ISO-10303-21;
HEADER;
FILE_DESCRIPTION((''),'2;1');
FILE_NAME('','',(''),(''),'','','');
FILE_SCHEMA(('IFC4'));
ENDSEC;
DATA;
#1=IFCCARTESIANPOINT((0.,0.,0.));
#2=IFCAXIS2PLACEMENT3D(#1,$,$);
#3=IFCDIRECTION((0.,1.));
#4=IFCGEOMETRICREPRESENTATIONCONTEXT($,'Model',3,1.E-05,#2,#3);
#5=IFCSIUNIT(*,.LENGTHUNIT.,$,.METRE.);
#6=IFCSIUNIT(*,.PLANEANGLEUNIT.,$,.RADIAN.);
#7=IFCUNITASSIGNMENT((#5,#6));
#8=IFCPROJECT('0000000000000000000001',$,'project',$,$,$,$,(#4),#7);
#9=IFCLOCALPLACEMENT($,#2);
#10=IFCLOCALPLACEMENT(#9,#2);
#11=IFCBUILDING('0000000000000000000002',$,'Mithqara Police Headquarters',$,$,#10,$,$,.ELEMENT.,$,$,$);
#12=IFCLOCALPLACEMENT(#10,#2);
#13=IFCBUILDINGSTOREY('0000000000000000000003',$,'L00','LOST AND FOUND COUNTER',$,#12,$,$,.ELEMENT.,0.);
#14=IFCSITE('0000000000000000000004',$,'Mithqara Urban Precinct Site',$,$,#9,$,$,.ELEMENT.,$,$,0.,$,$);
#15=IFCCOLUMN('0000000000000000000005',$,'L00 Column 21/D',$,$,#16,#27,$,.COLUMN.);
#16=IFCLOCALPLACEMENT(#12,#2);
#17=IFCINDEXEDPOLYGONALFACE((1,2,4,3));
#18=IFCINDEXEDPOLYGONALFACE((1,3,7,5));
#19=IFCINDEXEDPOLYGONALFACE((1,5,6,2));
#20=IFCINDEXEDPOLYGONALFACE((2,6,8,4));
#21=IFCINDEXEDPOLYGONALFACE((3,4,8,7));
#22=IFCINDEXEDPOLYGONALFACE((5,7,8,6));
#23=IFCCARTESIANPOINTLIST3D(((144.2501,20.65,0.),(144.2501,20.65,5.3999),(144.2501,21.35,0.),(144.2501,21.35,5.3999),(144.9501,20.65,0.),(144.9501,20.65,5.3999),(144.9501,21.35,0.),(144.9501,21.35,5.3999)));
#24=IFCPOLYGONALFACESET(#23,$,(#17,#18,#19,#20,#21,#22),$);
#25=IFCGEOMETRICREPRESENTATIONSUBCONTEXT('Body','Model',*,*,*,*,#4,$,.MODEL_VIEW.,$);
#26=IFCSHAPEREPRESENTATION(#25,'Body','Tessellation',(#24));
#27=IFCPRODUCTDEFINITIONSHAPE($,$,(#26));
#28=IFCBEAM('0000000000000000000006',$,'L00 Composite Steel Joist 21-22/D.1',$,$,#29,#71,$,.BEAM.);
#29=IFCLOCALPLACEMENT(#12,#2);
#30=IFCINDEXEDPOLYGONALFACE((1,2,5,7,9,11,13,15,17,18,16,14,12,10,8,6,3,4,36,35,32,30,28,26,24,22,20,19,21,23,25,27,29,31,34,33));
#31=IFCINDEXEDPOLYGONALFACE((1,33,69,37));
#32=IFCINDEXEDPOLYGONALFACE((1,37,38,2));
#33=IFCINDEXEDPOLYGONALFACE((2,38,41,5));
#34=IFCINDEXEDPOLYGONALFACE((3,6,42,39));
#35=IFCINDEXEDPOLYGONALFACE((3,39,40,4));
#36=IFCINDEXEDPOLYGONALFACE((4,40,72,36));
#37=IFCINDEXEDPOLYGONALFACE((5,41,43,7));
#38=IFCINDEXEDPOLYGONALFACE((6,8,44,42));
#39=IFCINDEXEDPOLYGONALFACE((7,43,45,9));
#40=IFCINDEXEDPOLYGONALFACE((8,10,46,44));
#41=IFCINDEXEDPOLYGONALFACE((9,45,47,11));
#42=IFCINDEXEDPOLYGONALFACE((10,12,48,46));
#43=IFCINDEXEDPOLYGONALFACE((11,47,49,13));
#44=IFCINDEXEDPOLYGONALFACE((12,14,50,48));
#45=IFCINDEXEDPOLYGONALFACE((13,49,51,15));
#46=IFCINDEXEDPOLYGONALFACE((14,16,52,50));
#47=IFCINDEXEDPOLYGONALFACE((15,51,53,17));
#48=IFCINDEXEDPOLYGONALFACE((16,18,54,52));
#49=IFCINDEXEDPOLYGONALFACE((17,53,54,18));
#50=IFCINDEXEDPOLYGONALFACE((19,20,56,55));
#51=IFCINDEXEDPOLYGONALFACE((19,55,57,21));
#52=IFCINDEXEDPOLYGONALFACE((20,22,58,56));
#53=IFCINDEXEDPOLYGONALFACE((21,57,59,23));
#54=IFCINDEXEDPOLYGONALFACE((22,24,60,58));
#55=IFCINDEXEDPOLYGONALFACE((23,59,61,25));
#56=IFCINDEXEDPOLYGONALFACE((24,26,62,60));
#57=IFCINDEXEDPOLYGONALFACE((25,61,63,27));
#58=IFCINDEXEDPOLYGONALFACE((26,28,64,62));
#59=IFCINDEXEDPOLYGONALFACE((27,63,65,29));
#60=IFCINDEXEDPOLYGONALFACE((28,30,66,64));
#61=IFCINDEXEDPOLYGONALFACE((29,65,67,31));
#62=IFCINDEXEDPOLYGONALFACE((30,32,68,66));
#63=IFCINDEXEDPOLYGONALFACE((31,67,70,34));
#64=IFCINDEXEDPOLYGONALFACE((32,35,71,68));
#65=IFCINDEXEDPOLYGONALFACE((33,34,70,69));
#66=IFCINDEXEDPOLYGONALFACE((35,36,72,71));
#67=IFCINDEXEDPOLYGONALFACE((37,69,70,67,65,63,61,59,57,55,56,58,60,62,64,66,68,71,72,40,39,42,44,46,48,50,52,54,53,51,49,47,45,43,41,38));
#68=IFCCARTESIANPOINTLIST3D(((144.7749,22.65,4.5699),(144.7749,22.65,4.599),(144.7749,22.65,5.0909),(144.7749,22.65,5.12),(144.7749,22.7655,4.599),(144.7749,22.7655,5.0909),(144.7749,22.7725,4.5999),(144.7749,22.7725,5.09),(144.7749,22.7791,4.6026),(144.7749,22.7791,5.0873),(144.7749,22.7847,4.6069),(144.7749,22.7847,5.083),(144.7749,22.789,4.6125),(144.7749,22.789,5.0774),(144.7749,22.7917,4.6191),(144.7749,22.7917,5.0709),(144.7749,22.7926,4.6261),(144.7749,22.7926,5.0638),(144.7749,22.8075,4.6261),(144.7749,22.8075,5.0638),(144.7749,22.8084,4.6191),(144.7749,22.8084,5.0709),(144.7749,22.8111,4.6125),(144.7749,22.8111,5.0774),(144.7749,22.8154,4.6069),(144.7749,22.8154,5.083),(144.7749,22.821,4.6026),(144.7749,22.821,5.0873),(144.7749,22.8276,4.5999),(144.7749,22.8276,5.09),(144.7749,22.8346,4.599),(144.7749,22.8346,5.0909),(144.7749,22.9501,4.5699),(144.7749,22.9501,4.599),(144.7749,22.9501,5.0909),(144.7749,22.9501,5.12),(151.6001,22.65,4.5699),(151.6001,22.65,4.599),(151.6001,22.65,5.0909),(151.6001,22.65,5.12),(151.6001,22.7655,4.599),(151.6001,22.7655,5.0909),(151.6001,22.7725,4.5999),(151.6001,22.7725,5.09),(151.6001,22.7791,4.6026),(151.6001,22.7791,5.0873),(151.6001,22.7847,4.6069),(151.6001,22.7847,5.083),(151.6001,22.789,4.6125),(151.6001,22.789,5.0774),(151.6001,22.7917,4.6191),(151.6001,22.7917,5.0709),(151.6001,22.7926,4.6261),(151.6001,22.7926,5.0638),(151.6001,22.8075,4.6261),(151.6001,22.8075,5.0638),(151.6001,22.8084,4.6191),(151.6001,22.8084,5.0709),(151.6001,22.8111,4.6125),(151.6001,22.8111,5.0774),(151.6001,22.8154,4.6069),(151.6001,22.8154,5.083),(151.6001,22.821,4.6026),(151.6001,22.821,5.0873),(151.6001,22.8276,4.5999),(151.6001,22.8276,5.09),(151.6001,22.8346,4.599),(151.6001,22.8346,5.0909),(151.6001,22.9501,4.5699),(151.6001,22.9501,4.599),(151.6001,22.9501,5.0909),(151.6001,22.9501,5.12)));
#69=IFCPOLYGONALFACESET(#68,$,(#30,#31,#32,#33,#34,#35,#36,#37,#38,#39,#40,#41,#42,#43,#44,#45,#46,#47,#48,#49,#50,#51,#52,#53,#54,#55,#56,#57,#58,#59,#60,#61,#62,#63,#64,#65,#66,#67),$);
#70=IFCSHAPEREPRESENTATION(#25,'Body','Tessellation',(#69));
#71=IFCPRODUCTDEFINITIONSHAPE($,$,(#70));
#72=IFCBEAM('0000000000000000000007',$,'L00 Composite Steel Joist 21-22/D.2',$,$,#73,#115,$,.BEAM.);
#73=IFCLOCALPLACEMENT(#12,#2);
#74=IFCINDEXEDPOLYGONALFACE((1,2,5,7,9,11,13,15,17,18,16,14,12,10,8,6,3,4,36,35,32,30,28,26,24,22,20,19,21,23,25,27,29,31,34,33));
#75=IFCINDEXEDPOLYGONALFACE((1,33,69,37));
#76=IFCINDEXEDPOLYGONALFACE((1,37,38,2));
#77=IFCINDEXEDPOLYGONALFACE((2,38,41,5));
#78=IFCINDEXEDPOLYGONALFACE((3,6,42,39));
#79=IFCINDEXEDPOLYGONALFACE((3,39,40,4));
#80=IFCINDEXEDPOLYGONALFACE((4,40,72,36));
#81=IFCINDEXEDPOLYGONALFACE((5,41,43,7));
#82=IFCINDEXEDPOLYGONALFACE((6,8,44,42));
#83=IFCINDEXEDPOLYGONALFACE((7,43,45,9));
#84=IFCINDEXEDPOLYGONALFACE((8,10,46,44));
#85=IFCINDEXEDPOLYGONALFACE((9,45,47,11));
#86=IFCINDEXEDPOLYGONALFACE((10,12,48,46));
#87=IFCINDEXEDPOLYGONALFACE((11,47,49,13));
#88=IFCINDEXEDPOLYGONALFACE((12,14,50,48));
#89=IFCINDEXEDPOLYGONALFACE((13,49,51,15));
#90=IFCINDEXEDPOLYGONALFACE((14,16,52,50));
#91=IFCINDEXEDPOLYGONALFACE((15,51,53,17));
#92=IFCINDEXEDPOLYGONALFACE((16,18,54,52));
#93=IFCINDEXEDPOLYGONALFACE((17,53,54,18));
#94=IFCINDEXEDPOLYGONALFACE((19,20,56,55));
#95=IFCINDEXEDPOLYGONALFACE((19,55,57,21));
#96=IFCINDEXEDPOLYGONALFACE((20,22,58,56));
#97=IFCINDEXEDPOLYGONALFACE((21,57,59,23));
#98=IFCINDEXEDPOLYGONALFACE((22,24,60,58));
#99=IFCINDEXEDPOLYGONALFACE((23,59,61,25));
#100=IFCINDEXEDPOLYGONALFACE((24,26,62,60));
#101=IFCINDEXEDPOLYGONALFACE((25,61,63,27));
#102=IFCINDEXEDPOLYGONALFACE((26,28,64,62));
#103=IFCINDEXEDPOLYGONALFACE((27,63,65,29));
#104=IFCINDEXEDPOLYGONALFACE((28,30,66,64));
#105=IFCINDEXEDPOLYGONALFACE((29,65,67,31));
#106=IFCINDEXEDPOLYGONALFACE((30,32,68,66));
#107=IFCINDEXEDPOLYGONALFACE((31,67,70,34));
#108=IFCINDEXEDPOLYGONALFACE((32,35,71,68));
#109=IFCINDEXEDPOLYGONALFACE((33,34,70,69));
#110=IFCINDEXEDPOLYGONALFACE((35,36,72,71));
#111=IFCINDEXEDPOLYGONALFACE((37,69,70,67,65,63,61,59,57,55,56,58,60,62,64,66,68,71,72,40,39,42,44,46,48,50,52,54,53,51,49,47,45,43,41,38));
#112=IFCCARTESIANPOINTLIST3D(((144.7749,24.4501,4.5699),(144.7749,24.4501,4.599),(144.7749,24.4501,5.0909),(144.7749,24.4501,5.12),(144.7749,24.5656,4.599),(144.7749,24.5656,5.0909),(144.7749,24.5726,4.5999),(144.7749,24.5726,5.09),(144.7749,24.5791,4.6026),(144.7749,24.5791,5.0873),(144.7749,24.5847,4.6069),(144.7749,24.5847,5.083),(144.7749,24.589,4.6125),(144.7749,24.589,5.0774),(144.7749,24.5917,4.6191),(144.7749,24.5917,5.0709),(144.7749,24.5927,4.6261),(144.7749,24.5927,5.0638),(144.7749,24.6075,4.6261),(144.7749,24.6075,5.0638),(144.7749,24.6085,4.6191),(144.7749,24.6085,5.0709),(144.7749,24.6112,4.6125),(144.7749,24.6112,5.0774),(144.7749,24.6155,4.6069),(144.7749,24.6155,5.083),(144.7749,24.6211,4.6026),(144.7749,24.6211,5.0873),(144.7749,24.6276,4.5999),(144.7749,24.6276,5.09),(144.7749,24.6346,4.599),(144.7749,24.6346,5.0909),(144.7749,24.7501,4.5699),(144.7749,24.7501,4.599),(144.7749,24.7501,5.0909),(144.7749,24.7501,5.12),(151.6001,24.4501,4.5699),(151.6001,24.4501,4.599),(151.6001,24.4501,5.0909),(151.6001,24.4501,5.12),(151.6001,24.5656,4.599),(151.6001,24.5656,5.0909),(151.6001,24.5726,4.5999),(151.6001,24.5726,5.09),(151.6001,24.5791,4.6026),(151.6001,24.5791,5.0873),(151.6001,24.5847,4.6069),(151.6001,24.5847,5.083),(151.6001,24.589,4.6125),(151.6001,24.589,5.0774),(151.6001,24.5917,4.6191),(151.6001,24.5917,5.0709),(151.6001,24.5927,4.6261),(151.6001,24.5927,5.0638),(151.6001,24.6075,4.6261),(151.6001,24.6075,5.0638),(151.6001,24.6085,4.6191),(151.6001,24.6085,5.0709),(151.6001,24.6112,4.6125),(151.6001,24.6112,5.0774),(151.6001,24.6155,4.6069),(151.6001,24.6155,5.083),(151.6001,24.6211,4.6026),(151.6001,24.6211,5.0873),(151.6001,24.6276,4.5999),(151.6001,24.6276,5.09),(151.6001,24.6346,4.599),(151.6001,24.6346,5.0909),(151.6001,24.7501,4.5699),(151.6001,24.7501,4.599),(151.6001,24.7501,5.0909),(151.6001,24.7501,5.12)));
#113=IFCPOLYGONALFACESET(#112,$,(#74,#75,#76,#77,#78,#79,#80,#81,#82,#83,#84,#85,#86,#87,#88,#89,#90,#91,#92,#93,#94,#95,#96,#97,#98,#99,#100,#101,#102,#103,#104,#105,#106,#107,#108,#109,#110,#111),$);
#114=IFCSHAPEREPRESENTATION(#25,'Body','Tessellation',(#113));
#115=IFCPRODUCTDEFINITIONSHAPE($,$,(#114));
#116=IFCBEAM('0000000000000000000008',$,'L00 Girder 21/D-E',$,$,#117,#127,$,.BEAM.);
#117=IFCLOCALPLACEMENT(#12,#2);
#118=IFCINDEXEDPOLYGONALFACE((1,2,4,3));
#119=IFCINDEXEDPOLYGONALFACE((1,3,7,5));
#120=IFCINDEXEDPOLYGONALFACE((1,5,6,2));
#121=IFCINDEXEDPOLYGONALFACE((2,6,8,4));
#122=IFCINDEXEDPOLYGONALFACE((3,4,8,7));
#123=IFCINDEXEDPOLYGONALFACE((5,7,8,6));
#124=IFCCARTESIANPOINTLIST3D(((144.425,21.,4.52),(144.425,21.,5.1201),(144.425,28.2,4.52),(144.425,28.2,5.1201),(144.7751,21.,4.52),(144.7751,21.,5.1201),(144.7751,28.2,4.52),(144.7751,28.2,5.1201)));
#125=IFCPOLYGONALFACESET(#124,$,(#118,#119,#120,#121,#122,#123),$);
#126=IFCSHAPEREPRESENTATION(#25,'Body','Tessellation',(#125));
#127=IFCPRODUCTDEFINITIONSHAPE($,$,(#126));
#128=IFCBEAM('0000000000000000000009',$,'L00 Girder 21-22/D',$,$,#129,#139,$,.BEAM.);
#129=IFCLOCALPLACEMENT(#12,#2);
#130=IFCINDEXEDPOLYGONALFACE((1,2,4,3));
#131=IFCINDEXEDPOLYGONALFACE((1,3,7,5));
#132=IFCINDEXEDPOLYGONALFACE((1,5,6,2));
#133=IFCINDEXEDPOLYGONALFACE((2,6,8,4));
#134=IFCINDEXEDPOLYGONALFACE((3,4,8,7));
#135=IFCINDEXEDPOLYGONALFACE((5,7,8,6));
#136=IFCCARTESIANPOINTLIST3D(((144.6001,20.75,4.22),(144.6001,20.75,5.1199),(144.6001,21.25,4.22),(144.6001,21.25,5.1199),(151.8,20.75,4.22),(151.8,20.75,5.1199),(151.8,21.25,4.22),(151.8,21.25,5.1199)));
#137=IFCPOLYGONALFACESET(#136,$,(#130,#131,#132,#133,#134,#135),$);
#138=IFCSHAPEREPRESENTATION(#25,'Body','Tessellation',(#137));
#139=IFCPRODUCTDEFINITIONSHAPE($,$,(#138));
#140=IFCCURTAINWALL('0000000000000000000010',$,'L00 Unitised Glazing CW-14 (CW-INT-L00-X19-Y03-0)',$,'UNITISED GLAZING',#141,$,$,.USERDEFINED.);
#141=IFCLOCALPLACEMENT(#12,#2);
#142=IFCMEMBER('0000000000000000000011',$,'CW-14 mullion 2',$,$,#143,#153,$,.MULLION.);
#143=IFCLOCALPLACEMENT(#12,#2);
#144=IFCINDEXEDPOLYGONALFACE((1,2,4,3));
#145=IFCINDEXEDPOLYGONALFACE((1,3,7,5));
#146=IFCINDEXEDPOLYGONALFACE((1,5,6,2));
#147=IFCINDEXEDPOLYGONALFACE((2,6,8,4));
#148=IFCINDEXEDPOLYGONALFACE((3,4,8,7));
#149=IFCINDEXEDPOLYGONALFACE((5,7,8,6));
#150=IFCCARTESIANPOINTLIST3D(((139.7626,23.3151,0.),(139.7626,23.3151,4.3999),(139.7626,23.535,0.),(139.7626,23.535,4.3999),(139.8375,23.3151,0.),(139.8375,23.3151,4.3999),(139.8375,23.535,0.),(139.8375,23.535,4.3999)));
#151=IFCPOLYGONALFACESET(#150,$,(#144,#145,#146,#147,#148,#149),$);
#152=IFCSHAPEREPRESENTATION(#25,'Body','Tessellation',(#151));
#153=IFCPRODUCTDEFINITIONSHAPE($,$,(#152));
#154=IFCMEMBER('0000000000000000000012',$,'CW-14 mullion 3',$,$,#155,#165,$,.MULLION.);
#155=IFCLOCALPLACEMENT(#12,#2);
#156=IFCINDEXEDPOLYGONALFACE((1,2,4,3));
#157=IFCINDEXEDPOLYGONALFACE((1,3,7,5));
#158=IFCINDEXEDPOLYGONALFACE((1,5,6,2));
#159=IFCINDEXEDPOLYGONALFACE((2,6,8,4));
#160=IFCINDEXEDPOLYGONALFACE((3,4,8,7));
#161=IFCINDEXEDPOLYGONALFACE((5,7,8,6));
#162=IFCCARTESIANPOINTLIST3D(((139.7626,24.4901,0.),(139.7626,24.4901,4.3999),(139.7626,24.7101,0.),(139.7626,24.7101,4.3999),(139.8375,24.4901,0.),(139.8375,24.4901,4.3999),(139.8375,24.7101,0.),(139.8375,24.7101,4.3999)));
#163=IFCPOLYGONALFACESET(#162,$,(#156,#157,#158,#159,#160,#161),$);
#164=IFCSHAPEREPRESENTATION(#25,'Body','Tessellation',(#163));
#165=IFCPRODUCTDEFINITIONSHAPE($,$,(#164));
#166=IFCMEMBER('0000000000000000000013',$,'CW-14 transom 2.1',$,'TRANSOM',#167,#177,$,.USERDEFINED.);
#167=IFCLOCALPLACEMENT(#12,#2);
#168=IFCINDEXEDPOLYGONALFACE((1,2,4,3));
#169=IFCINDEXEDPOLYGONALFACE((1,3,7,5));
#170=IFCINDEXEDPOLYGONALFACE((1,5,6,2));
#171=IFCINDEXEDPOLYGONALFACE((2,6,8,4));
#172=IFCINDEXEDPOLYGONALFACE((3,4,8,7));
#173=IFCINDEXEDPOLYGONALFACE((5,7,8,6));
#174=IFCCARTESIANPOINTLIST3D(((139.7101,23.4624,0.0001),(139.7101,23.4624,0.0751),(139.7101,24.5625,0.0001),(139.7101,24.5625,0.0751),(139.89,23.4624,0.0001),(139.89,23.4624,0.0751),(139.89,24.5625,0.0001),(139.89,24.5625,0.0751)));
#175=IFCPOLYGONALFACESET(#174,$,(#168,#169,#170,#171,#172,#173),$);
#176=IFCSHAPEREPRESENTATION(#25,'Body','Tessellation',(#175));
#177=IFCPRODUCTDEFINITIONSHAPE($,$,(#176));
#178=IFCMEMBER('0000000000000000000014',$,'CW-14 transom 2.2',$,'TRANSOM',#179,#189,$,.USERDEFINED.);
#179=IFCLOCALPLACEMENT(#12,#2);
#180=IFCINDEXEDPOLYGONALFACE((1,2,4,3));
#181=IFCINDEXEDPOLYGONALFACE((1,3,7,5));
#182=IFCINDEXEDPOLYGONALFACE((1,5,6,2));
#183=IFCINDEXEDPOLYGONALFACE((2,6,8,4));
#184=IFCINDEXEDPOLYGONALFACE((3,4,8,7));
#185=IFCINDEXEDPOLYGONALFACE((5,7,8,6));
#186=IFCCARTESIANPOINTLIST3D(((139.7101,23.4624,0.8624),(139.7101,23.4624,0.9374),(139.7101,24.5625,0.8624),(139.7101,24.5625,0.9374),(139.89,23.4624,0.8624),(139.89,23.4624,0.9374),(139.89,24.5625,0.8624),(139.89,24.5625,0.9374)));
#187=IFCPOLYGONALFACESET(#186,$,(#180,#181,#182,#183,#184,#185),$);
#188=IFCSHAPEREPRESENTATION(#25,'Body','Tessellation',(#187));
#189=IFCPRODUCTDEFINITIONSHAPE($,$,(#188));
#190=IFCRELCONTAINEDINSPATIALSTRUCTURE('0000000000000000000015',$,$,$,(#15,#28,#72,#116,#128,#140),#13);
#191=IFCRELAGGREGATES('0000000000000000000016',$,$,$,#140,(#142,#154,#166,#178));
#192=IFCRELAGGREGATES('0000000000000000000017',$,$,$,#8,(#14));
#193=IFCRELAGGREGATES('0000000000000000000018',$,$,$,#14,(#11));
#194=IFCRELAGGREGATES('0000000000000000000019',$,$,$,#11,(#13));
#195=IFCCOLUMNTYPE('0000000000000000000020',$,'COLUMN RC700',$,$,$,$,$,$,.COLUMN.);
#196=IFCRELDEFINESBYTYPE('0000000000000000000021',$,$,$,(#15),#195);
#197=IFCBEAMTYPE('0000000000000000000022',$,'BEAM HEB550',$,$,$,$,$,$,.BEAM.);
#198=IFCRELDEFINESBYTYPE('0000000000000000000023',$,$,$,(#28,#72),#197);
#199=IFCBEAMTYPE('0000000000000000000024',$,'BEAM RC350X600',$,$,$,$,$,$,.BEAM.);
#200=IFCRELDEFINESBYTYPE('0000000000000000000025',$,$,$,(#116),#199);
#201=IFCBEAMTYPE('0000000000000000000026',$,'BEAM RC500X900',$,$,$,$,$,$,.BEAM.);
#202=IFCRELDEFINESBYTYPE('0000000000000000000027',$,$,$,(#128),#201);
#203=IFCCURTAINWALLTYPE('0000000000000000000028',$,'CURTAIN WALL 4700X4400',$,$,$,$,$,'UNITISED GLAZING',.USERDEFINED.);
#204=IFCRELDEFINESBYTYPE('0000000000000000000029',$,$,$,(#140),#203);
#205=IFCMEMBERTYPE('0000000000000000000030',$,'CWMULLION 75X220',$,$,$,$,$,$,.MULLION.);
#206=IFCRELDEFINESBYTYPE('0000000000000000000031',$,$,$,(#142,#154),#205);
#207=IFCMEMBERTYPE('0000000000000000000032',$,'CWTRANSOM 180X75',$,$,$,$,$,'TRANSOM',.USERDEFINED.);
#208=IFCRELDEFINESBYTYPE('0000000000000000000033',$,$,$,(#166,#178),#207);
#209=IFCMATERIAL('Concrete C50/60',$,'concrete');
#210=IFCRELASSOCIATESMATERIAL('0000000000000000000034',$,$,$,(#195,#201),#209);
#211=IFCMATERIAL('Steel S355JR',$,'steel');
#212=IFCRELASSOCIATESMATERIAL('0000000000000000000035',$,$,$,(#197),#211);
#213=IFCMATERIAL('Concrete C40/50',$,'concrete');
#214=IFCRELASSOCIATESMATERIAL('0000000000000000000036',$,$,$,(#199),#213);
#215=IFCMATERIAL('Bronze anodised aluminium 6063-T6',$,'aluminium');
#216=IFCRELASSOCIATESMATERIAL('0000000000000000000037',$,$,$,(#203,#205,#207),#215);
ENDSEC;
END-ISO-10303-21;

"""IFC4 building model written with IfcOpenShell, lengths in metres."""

from ifc_helpers import new_model, si_unit, direction, frame, origin, origin_2d, place, context, subcontext, project, spatial, rectangle, i_section, extrude, material, material_profile, profile_set, type_object, element, aggregate, save


model = new_model("IFC4")

# Units and contexts
model_context = context("Model", 3, precision=1e-05, world=origin(), true_north=direction((0.0, 1.0)))
body_context = subcontext(model_context, "Body", "Model", "MODEL_VIEW")
ifc_project = project(units=[si_unit("LENGTHUNIT", "METRE"), si_unit("PLANEANGLEUNIT", "RADIAN")], contexts=[model_context])

# Site, building, storey
site_placement = place(None, origin())
site = spatial("IfcSite", under=ifc_project, at=site_placement, Name="Mithqara Urban Precinct Site", CompositionType="ELEMENT", RefElevation=0.0)
building_placement = place(site_placement, origin())
building = spatial("IfcBuilding", under=site, at=building_placement, Name="Mithqara Police Headquarters", CompositionType="ELEMENT")
storey_placement = place(building_placement, origin())
storey = spatial("IfcBuildingStorey", under=building, at=storey_placement, Name="L00", Description="LOST AND FOUND COUNTER", CompositionType="ELEMENT", Elevation=0.0)

# Column
ifc_material_1 = material(Name="Concrete C50/60", Category="concrete")
ifc_material_profile_1 = material_profile(ifc_material_1, rectangle(XDim=0.7, YDim=0.7, at=origin_2d()), Name="RC 700x700")
ifc_profile_set_1 = profile_set([ifc_material_profile_1], Name="Concrete C50/60")
column_type = type_object("IfcColumnType", Name="COLUMN RC700", PredefinedType="COLUMN", material=ifc_profile_set_1)
column_placement = place(storey_placement, frame((144.6001, 21.0, 0.0), z_axis=(0.0, 0.0, 1.0), x_axis=(1.0, 0.0, 0.0)))
element("IfcColumn", 1, at=column_placement, inside=storey, type_object=column_type, Name="L00 Column 21/D", PredefinedType="COLUMN", context=body_context, shape_type="SweptSolid", body=[
    extrude(rectangle(XDim=0.7, YDim=0.7, at=origin_2d()), origin(), (0.0, 0.0, 1.0), 5.3999),
])

# Beams
ifc_material_2 = material(Name="Steel S355JR", Category="steel")
ifc_material_profile_2 = material_profile(ifc_material_2, i_section(OverallWidth=0.3, OverallDepth=0.55, WebThickness=0.0149, FlangeThickness=0.0291, FilletRadius=0.0271, at=origin_2d()), Name="HEB 550")
ifc_profile_set_2 = profile_set([ifc_material_profile_2], Name="Steel S355JR")
beam_type_1 = type_object("IfcBeamType", Name="BEAM HEB550", PredefinedType="BEAM", material=ifc_profile_set_2)
for number, where, z_axis, x_axis, name in (
    (2, (144.7749, 22.8, 4.845), (1.0, 0.0, 0.0), (0.0, 1.0, 0.0), "L00 Composite Steel Joist 21-22/D.1"),
    (3, (144.7749, 24.6001, 4.845), (1.0, 0.0, 0.0), (0.0, 1.0, 0.0), "L00 Composite Steel Joist 21-22/D.2"),
):
    element("IfcBeam", number, at=place(storey_placement, frame(where, z_axis=z_axis, x_axis=x_axis)), inside=storey, type_object=beam_type_1, Name=name, PredefinedType="BEAM", context=body_context, shape_type="SweptSolid", body=[
        extrude(i_section(OverallWidth=0.3, OverallDepth=0.55, WebThickness=0.0149, FlangeThickness=0.0291, FilletRadius=0.0271, at=origin_2d()), origin(), (0.0, 0.0, 1.0), 6.8252),
    ])
ifc_material_3 = material(Name="Concrete C40/50", Category="concrete")
ifc_material_profile_3 = material_profile(ifc_material_3, rectangle(XDim=0.3501, YDim=0.6001, at=origin_2d()), Name="RC 350x600")
ifc_profile_set_3 = profile_set([ifc_material_profile_3], Name="Concrete C40/50")
beam_type_2 = type_object("IfcBeamType", Name="BEAM RC350X600", PredefinedType="BEAM", material=ifc_profile_set_3)
beam_1_placement = place(storey_placement, frame((144.6001, 21.0, 4.8201), z_axis=(0.0, 1.0, 0.0), x_axis=(-1.0, 0.0, 0.0)))
element("IfcBeam", 4, at=beam_1_placement, inside=storey, type_object=beam_type_2, Name="L00 Girder 21/D-E", PredefinedType="BEAM", context=body_context, shape_type="SweptSolid", body=[
    extrude(rectangle(XDim=0.3501, YDim=0.6001, at=origin_2d()), origin(), (0.0, 0.0, 1.0), 7.2),
])
ifc_material_profile_4 = material_profile(ifc_material_1, rectangle(XDim=0.5, YDim=0.8999, at=origin_2d()), Name="RC 500x900")
ifc_profile_set_4 = profile_set([ifc_material_profile_4], Name="Concrete C50/60")
beam_type_3 = type_object("IfcBeamType", Name="BEAM RC500X900", PredefinedType="BEAM", material=ifc_profile_set_4)
beam_2_placement = place(storey_placement, frame((144.6001, 21.0, 4.6699), z_axis=(1.0, 0.0, 0.0), x_axis=(0.0, 1.0, 0.0)))
element("IfcBeam", 5, at=beam_2_placement, inside=storey, type_object=beam_type_3, Name="L00 Girder 21-22/D", PredefinedType="BEAM", context=body_context, shape_type="SweptSolid", body=[
    extrude(rectangle(XDim=0.5, YDim=0.8999, at=origin_2d()), origin(), (0.0, 0.0, 1.0), 7.2),
])

# Curtain wall, members
ifc_material_4 = material(Name="Bronze anodised aluminium 6063-T6", Category="aluminium")
curtain_wall_type = type_object("IfcCurtainWallType", Name="CURTAIN WALL 4700X4400", ElementType="UNITISED GLAZING", PredefinedType="USERDEFINED", material=ifc_material_4)
curtain_wall_placement = place(storey_placement, origin())
curtain_wall = element("IfcCurtainWall", 6, at=curtain_wall_placement, inside=storey, type_object=curtain_wall_type, Name="L00 Unitised Glazing CW-14 (CW-INT-L00-X19-Y03-0)", ObjectType="UNITISED GLAZING", PredefinedType="USERDEFINED")
ifc_material_profile_5 = material_profile(ifc_material_4, rectangle(XDim=0.075, YDim=0.22, at=origin_2d()), Name="CWM 75x220")
ifc_profile_set_5 = profile_set([ifc_material_profile_5], Name="Bronze anodised aluminium 6063-T6")
member_type_1 = type_object("IfcMemberType", Name="CWMULLION 75X220", PredefinedType="MULLION", material=ifc_profile_set_5)
member_1_placement = place(storey_placement, frame((139.8, 23.425, 0.0), z_axis=(0.0, 0.0, 1.0), x_axis=(-1.0, 0.0, 0.0)))
member_1 = element("IfcMember", 7, at=member_1_placement, type_object=member_type_1, Name="CW-14 mullion 2", PredefinedType="MULLION", context=body_context, shape_type="SweptSolid", body=[
    extrude(rectangle(XDim=0.075, YDim=0.22, at=origin_2d()), origin(), (0.0, 0.0, 1.0), 4.3999),
])
member_2_placement = place(storey_placement, frame((139.8, 24.6001, 0.0), z_axis=(0.0, 0.0, 1.0), x_axis=(-1.0, 0.0, 0.0)))
member_2 = element("IfcMember", 8, at=member_2_placement, type_object=member_type_1, Name="CW-14 mullion 3", PredefinedType="MULLION", context=body_context, shape_type="SweptSolid", body=[
    extrude(rectangle(XDim=0.075, YDim=0.22, at=origin_2d()), origin(), (0.0, 0.0, 1.0), 4.3999),
])
ifc_material_profile_6 = material_profile(ifc_material_4, rectangle(XDim=0.1799, YDim=0.075, at=origin_2d()), Name="CWT 180x75")
ifc_profile_set_6 = profile_set([ifc_material_profile_6], Name="Bronze anodised aluminium 6063-T6")
member_type_2 = type_object("IfcMemberType", Name="CWTRANSOM 180X75", ElementType="TRANSOM", PredefinedType="USERDEFINED", material=ifc_profile_set_6)
member_3_placement = place(storey_placement, frame((139.8, 23.4624, 0.0376), z_axis=(0.0, 1.0, 0.0), x_axis=(-1.0, 0.0, 0.0)))
member_3 = element("IfcMember", 9, at=member_3_placement, type_object=member_type_2, Name="CW-14 transom 2.1", ObjectType="TRANSOM", PredefinedType="USERDEFINED", context=body_context, shape_type="SweptSolid", body=[
    extrude(rectangle(XDim=0.1799, YDim=0.075, at=origin_2d()), origin(), (0.0, 0.0, 1.0), 1.1001),
])
member_4_placement = place(storey_placement, frame((139.8, 23.4624, 0.8999), z_axis=(0.0, 1.0, 0.0), x_axis=(-1.0, 0.0, 0.0)))
member_4 = element("IfcMember", 10, at=member_4_placement, type_object=member_type_2, Name="CW-14 transom 2.2", ObjectType="TRANSOM", PredefinedType="USERDEFINED", context=body_context, shape_type="SweptSolid", body=[
    extrude(rectangle(XDim=0.1799, YDim=0.075, at=origin_2d()), origin(), (0.0, 0.0, 1.0), 1.1001),
])

aggregate(curtain_wall, [member_1, member_2, member_3, member_4])

save(model, "model.ifc")
